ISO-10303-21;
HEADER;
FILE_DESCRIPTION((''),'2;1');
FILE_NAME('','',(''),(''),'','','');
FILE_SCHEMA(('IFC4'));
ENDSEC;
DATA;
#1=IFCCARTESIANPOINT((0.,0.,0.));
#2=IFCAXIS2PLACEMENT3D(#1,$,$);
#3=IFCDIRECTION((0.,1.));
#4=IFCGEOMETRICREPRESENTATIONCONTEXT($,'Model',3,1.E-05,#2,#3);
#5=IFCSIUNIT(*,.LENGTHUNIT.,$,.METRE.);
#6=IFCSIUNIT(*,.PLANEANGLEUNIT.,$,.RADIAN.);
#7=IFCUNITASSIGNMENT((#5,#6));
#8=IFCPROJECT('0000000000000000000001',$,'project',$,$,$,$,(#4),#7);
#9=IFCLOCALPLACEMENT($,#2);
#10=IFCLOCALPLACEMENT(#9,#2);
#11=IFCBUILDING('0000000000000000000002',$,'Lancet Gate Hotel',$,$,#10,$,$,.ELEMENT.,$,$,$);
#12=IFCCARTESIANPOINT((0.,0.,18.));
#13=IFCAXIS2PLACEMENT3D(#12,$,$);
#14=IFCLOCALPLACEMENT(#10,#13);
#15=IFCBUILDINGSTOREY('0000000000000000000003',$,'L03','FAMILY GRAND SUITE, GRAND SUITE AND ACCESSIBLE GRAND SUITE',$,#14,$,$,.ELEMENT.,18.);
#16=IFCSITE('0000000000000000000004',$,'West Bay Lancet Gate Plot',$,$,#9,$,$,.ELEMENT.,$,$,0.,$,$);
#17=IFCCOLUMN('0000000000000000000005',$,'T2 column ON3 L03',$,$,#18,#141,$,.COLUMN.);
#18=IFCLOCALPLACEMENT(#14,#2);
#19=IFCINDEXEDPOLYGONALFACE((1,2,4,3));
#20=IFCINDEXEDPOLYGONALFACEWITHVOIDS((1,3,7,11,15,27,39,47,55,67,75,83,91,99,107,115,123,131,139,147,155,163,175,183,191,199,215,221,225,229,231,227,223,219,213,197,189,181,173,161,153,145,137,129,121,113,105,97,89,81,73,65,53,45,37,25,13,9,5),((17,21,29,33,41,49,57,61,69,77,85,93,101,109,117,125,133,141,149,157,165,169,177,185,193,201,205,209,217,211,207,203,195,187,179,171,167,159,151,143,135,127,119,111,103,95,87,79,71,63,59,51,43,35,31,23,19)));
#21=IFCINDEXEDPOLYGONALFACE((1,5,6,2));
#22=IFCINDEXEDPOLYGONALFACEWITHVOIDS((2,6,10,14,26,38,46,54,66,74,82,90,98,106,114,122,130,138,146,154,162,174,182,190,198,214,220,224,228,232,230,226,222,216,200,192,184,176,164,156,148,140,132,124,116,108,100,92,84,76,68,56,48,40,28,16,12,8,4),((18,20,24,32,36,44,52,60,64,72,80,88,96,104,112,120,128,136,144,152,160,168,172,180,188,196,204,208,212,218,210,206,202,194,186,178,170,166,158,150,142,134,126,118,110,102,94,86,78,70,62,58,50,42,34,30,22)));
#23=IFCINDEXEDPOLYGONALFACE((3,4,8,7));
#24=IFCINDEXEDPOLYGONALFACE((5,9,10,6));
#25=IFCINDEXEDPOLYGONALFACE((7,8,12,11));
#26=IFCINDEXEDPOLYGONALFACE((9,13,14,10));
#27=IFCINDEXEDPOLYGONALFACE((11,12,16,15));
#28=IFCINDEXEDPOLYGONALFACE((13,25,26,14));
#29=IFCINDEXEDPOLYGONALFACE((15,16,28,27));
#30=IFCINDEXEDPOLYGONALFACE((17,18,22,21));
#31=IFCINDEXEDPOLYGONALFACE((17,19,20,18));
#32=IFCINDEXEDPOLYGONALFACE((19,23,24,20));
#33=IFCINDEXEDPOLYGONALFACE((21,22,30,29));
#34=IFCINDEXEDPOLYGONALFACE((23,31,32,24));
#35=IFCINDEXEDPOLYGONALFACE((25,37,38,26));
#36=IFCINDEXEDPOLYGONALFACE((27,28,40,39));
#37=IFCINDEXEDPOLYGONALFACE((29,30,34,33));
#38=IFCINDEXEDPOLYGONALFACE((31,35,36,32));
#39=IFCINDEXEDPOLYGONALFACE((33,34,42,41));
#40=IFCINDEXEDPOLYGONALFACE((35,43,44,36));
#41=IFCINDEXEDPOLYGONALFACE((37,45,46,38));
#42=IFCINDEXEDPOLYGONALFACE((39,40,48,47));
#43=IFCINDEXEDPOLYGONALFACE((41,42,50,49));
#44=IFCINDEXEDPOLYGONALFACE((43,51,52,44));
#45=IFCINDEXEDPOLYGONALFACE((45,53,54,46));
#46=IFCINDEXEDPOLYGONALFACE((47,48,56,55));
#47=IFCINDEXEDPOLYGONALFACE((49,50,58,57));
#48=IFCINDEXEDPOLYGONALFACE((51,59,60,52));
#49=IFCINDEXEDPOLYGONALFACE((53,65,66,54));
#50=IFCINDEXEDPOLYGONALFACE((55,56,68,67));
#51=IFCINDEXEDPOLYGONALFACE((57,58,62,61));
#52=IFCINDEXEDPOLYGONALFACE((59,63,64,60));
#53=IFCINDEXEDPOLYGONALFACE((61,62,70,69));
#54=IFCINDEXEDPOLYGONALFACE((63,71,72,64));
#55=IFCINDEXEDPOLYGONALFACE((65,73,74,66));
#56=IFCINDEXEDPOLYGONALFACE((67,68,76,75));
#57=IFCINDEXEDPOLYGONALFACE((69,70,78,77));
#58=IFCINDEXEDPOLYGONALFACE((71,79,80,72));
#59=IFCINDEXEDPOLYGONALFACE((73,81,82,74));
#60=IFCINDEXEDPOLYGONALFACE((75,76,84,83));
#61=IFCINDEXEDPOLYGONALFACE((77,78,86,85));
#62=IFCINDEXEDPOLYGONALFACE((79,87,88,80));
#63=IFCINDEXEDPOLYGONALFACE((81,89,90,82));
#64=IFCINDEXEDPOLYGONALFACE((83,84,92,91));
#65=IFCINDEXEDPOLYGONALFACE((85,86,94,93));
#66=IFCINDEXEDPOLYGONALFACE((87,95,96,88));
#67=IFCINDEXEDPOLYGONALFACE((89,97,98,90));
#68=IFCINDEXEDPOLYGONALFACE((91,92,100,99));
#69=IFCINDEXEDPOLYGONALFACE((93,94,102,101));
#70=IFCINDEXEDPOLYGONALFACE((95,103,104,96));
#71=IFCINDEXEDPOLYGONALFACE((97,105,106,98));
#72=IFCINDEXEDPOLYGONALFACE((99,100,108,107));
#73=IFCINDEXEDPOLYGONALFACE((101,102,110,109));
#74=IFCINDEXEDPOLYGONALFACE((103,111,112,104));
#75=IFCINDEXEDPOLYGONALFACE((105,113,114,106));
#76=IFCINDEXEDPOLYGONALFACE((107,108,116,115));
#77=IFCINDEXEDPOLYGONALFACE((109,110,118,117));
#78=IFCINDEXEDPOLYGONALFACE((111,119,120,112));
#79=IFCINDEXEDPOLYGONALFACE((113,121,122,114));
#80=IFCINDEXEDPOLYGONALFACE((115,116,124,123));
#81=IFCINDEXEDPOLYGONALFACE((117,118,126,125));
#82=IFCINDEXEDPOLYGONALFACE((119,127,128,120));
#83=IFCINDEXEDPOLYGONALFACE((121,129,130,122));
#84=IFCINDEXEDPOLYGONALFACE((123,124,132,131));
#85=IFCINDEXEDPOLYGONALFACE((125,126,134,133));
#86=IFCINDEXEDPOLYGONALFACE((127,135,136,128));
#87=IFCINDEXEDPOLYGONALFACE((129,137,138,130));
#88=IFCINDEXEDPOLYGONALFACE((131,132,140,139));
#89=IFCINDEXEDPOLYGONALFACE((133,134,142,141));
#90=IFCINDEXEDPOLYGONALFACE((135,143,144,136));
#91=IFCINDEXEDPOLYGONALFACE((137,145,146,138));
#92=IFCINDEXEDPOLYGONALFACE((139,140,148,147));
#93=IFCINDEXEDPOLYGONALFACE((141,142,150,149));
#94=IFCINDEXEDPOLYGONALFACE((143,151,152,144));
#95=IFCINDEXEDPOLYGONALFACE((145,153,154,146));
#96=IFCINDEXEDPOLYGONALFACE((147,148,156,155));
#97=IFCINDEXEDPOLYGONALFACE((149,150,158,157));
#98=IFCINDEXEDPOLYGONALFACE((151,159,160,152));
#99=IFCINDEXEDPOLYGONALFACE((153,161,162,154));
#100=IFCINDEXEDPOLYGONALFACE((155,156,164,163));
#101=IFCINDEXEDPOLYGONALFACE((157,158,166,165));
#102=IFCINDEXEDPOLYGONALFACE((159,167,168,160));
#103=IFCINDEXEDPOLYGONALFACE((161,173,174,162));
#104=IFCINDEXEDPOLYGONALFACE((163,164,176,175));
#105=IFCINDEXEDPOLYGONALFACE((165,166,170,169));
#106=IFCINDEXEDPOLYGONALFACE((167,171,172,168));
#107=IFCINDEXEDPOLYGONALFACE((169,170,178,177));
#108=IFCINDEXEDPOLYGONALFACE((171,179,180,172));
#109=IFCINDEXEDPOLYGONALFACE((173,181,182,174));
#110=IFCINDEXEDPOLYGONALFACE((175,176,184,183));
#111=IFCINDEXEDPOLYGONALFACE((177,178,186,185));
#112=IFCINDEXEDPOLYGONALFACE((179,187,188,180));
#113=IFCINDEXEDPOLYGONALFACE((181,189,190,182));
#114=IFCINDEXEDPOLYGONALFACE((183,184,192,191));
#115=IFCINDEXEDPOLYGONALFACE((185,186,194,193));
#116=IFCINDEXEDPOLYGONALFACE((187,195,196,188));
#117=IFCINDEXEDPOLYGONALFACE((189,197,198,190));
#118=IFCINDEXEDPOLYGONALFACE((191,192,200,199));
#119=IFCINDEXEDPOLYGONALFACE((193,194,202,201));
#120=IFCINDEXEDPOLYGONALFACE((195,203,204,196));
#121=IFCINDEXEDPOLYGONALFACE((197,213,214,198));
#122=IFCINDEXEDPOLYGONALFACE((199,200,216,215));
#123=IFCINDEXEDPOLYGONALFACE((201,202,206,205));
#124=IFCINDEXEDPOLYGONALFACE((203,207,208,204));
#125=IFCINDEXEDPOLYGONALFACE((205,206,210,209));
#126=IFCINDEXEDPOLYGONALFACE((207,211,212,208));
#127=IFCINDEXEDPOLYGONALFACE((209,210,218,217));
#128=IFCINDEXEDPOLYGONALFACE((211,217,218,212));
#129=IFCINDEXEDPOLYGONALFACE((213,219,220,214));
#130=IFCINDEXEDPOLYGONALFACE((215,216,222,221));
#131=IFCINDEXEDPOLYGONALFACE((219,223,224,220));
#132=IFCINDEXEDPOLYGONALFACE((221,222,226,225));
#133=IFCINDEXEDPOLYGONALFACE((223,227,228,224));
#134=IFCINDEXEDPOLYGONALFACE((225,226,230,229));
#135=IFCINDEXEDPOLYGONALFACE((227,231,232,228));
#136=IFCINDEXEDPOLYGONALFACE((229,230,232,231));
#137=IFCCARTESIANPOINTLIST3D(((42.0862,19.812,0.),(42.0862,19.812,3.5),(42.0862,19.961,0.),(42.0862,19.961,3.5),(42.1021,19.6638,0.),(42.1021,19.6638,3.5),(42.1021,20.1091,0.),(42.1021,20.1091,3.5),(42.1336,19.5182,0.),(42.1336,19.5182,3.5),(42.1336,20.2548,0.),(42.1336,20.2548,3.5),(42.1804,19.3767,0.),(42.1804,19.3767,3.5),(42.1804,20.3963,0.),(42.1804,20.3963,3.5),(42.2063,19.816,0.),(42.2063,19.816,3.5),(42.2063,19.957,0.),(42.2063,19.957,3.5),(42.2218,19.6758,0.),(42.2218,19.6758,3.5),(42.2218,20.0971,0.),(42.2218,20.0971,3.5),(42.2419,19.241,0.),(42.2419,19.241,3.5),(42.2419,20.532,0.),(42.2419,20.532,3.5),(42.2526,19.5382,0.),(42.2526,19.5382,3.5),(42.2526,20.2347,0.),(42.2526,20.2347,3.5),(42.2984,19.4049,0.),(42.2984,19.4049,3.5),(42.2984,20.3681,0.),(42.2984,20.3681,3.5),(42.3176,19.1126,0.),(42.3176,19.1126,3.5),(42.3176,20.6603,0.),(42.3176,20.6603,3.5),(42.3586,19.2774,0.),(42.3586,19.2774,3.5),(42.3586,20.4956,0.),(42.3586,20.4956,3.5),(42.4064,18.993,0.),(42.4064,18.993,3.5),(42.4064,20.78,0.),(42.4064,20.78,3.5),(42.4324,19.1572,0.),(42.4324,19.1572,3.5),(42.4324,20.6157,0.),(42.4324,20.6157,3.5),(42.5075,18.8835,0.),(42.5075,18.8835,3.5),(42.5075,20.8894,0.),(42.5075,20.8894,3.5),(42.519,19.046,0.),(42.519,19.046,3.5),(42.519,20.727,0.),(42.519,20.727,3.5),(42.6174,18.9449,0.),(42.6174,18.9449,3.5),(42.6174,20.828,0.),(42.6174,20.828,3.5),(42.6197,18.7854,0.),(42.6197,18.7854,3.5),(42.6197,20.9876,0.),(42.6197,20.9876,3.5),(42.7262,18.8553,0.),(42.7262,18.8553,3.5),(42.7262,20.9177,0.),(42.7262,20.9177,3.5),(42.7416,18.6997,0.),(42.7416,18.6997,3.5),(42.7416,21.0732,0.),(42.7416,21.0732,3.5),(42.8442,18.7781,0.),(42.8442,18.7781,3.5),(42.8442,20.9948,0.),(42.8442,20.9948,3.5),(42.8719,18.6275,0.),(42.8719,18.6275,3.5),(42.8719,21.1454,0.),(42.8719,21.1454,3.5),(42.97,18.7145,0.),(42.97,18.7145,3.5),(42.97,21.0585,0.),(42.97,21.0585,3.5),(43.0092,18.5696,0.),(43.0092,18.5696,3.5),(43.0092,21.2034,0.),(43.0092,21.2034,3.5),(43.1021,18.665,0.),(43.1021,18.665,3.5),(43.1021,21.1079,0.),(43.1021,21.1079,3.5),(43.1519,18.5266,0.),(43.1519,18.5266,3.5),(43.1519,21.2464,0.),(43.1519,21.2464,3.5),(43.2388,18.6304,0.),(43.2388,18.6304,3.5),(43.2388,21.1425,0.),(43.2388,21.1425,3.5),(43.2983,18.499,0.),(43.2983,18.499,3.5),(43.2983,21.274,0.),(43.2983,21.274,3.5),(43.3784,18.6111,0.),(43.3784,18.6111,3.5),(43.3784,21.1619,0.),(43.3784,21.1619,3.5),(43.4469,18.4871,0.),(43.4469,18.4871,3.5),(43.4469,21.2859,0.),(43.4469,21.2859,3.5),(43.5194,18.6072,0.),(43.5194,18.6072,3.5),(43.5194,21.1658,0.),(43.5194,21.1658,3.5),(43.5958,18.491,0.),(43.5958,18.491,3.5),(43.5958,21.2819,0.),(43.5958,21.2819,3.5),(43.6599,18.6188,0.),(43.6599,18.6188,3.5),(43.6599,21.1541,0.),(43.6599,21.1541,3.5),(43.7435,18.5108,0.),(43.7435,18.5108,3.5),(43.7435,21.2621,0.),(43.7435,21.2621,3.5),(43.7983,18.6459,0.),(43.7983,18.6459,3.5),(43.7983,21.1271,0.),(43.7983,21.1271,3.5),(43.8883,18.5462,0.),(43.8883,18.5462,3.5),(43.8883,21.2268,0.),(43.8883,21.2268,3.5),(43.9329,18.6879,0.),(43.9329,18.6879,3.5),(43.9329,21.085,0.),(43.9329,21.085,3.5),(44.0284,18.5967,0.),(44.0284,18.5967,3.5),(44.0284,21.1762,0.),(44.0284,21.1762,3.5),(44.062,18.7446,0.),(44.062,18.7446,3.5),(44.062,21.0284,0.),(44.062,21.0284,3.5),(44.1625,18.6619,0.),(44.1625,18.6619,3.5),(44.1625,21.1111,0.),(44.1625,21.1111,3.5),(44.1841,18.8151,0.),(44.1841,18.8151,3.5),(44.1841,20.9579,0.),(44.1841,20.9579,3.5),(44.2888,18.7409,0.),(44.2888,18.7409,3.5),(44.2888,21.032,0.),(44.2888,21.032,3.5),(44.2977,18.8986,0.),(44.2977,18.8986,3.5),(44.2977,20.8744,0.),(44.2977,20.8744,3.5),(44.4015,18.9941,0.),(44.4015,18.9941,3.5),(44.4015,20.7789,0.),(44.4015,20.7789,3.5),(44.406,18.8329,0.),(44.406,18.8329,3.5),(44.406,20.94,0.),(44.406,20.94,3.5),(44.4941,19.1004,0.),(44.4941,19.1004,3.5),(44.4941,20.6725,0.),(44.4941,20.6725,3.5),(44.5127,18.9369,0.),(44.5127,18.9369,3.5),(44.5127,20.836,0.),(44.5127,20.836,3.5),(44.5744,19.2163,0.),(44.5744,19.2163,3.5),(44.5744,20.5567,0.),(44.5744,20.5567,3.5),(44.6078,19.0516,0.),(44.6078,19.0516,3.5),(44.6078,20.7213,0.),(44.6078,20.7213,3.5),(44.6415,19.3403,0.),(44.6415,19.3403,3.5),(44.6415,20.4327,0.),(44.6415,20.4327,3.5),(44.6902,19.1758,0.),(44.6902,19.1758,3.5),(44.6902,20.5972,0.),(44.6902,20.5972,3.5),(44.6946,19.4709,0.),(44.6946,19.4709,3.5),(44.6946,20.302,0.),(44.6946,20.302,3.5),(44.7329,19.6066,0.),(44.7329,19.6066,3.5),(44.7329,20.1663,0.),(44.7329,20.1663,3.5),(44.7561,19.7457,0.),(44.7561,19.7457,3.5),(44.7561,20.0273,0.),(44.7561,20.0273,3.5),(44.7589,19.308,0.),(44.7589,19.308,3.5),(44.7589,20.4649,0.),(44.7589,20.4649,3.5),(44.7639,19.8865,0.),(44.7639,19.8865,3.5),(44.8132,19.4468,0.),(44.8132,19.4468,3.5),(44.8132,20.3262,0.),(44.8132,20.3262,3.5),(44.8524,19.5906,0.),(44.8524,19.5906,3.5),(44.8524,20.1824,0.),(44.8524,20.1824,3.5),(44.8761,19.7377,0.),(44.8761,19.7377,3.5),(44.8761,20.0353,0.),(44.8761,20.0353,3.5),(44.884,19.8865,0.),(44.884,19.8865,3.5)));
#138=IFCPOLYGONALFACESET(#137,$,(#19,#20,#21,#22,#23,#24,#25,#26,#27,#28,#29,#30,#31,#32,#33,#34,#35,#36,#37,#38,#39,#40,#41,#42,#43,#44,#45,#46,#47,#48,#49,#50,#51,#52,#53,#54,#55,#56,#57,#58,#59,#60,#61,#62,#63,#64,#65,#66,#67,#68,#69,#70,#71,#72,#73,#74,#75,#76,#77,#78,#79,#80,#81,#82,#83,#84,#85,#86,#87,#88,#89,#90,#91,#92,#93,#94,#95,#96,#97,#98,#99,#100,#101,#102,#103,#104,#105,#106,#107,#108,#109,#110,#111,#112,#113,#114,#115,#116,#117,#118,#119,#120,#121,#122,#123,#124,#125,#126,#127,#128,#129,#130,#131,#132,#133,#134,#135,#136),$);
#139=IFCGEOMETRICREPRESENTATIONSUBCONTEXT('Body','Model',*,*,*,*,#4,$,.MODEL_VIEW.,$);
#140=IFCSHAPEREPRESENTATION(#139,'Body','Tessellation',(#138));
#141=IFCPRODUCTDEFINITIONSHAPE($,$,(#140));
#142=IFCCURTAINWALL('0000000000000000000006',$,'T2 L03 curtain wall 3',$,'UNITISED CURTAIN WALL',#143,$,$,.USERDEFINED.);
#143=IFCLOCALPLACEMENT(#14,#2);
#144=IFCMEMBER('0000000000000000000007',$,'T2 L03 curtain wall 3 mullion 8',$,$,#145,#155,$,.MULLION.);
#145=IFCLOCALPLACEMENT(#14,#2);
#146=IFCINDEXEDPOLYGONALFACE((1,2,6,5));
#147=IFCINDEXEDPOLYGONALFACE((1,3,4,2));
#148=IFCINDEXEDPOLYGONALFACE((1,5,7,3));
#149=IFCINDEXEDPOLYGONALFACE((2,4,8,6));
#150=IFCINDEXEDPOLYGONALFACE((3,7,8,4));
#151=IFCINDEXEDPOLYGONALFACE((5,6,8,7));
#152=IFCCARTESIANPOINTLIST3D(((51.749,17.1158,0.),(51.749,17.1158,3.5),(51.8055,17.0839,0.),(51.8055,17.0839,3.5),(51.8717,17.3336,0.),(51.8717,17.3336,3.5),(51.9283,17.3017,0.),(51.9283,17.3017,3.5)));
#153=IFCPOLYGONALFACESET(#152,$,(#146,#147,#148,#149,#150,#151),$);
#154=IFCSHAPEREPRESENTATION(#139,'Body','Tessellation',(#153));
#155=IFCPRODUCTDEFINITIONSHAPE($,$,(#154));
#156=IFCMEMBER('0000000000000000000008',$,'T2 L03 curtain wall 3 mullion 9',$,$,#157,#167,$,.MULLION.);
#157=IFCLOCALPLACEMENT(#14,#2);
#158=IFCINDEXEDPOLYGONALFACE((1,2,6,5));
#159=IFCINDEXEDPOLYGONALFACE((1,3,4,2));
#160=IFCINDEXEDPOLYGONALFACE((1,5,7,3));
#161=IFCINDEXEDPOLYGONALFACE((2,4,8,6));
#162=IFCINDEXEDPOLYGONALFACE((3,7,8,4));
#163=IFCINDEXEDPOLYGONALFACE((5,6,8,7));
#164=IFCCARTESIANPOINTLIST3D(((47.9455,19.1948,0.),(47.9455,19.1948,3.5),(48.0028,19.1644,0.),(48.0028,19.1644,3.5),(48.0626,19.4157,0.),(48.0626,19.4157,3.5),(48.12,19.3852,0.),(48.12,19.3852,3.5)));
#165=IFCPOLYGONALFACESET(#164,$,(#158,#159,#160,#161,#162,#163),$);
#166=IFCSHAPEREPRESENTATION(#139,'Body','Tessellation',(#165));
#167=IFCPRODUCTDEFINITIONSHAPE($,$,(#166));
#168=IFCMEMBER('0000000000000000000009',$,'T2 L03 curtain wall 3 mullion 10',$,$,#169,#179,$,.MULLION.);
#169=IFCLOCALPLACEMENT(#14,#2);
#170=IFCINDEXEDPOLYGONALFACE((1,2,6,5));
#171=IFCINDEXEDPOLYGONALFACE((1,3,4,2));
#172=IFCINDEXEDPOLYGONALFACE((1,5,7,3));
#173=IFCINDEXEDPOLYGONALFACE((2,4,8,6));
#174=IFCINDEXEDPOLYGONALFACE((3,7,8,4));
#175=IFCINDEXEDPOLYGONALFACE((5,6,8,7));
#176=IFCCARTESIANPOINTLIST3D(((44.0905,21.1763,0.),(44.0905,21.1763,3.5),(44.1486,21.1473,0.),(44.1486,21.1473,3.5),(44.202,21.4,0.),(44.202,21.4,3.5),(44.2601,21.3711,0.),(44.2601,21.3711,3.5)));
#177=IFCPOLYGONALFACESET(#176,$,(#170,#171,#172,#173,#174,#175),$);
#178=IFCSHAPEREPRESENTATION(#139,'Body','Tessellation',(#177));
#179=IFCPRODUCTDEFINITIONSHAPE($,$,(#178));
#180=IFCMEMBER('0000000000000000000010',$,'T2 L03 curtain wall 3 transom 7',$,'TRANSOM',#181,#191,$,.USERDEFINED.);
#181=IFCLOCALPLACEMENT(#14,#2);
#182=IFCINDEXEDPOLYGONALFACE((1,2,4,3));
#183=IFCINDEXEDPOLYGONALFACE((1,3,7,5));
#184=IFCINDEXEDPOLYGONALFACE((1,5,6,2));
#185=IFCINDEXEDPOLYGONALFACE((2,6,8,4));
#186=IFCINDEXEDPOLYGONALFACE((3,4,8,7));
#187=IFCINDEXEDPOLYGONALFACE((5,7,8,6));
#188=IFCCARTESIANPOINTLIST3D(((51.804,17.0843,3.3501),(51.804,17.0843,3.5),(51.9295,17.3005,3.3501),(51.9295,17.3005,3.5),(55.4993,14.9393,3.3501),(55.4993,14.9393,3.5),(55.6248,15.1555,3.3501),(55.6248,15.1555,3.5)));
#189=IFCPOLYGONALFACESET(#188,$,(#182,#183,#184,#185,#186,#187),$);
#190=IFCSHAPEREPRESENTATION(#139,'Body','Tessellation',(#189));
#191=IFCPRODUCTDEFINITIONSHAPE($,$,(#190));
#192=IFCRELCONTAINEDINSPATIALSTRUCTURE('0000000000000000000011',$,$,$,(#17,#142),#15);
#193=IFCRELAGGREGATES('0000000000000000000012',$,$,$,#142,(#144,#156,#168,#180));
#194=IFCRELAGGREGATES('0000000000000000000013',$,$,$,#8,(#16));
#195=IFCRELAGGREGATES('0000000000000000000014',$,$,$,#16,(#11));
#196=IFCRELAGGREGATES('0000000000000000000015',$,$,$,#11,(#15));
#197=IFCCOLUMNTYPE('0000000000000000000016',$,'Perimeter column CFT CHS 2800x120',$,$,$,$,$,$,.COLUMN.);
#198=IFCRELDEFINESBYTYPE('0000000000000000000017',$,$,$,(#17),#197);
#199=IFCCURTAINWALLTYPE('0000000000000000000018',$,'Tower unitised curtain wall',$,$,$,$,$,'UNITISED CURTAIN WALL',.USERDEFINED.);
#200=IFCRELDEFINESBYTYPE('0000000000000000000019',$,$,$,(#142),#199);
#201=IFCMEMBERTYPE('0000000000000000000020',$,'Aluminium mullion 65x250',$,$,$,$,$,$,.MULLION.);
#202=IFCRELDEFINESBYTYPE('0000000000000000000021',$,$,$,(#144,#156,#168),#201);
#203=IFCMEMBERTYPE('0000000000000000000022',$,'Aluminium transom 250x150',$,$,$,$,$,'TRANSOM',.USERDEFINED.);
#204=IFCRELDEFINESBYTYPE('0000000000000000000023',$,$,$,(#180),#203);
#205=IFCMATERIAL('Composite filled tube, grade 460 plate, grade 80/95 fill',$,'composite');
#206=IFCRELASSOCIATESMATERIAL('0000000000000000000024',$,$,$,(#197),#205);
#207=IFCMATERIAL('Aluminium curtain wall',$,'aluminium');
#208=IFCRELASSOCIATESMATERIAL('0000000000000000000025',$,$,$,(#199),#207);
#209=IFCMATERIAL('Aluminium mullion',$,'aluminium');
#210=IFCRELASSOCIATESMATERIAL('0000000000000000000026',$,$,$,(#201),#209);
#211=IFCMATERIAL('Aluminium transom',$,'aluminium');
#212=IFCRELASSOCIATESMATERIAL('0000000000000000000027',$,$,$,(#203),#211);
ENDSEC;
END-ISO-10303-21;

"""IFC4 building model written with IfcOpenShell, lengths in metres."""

from ifc_helpers import new_model, si_unit, direction, frame, origin, origin_2d, place, context, subcontext, project, spatial, rectangle, hollow_circle, extrude, material, material_profile, profile_set, type_object, element, aggregate, save


model = new_model("IFC4")

# Units and contexts
model_context = context("Model", 3, precision=1e-05, world=origin(), true_north=direction((0.0, 1.0)))
body_context = subcontext(model_context, "Body", "Model", "MODEL_VIEW")
ifc_project = project(units=[si_unit("LENGTHUNIT", "METRE"), si_unit("PLANEANGLEUNIT", "RADIAN")], contexts=[model_context])

# Site, building, storey
site_placement = place(None, origin())
site = spatial("IfcSite", under=ifc_project, at=site_placement, Name="West Bay Lancet Gate Plot", CompositionType="ELEMENT", RefElevation=0.0)
building_placement = place(site_placement, origin())
building = spatial("IfcBuilding", under=site, at=building_placement, Name="Lancet Gate Hotel", CompositionType="ELEMENT")
storey_placement = place(building_placement, frame((0.0, 0.0, 18.0)))
storey = spatial("IfcBuildingStorey", under=building, at=storey_placement, Name="L03", Description="FAMILY GRAND SUITE, GRAND SUITE AND ACCESSIBLE GRAND SUITE", CompositionType="ELEMENT", Elevation=18.0)

# Column
ifc_material_1 = material(Name="Composite filled tube, grade 460 plate, grade 80/95 fill", Category="composite")
ifc_material_profile_1 = material_profile(ifc_material_1, hollow_circle(Radius=1.3999, WallThickness=0.1201, at=origin_2d()), Name="CHS 2800x120")
ifc_profile_set_1 = profile_set([ifc_material_profile_1], Name="Composite filled tube, grade 460 plate, grade 80/95 fill")
column_type = type_object("IfcColumnType", Name="Perimeter column CFT CHS 2800x120", PredefinedType="COLUMN", material=ifc_profile_set_1)
for number, where, z_axis, x_axis, name in (
    (1, (43.4841, 19.8865, 0.0), (0.0, 0.0, 1.0), (1.0, 0.0, 0.0), "T2 column ON3 L03"),
):
    element("IfcColumn", number, at=place(storey_placement, frame(where, z_axis=z_axis, x_axis=x_axis)), inside=storey, type_object=column_type, Name=name, PredefinedType="COLUMN", context=body_context, shape_type="SweptSolid", body=[
        extrude(hollow_circle(Radius=1.3999, WallThickness=0.1201, at=origin_2d()), origin(), (0.0, 0.0, 1.0), 3.5),
    ])

# Curtain wall, members
ifc_material_2 = material(Name="Aluminium curtain wall", Category="aluminium")
curtain_wall_type = type_object("IfcCurtainWallType", Name="Tower unitised curtain wall", ElementType="UNITISED CURTAIN WALL", PredefinedType="USERDEFINED", material=ifc_material_2)
curtain_wall_placement = place(storey_placement, origin())
curtain_wall = element("IfcCurtainWall", 2, at=curtain_wall_placement, inside=storey, type_object=curtain_wall_type, Name="T2 L03 curtain wall 3", ObjectType="UNITISED CURTAIN WALL", PredefinedType="USERDEFINED")
ifc_material_3 = material(Name="Aluminium mullion", Category="aluminium")
ifc_material_profile_2 = material_profile(ifc_material_3, rectangle(XDim=0.0649, YDim=0.25, at=origin_2d()), Name="MULLION 65x250")
ifc_profile_set_2 = profile_set([ifc_material_profile_2], Name="Aluminium mullion")
member_type_1 = type_object("IfcMemberType", Name="Aluminium mullion 65x250", PredefinedType="MULLION", material=ifc_profile_set_2)
member_1_placement = place(storey_placement, frame((51.8386, 17.2087, 0.0), z_axis=(0.0, 0.0, 1.0), x_axis=(-0.87119, 0.490945, 0.0)))
member_1 = element("IfcMember", 3, at=member_1_placement, type_object=member_type_1, Name="T2 L03 curtain wall 3 mullion 8", PredefinedType="MULLION", context=body_context, shape_type="SweptSolid", body=[
    extrude(rectangle(XDim=0.0649, YDim=0.25, at=origin_2d()), origin(), (0.0, 0.0, 1.0), 3.5),
])
member_2_placement = place(storey_placement, frame((48.0327, 19.29, 0.0), z_axis=(0.0, 0.0, 1.0), x_axis=(-0.883403, 0.468613, 0.0)))
member_2 = element("IfcMember", 4, at=member_2_placement, type_object=member_type_1, Name="T2 L03 curtain wall 3 mullion 9", PredefinedType="MULLION", context=body_context, shape_type="SweptSolid", body=[
    extrude(rectangle(XDim=0.0649, YDim=0.25, at=origin_2d()), origin(), (0.0, 0.0, 1.0), 3.5),
])
member_3_placement = place(storey_placement, frame((44.1753, 21.2737, 0.0), z_axis=(0.0, 0.0, 1.0), x_axis=(-0.895044, 0.445978, 0.0)))
member_3 = element("IfcMember", 5, at=member_3_placement, type_object=member_type_1, Name="T2 L03 curtain wall 3 mullion 10", PredefinedType="MULLION", context=body_context, shape_type="SweptSolid", body=[
    extrude(rectangle(XDim=0.0649, YDim=0.25, at=origin_2d()), origin(), (0.0, 0.0, 1.0), 3.5),
])
ifc_material_4 = material(Name="Aluminium transom", Category="aluminium")
ifc_material_profile_3 = material_profile(ifc_material_4, rectangle(XDim=0.25, YDim=0.1499, at=origin_2d()), Name="TRANSOM 250x150")
ifc_profile_set_3 = profile_set([ifc_material_profile_3], Name="Aluminium transom")
member_type_2 = type_object("IfcMemberType", Name="Aluminium transom 250x150", ElementType="TRANSOM", PredefinedType="USERDEFINED", material=ifc_profile_set_3)
member_4_placement = place(storey_placement, frame((55.562, 15.0474, 3.425), z_axis=(-0.864855, 0.502022, 0.0), x_axis=(-0.502022, -0.864855, 0.0)))
member_4 = element("IfcMember", 6, at=member_4_placement, type_object=member_type_2, Name="T2 L03 curtain wall 3 transom 7", ObjectType="TRANSOM", PredefinedType="USERDEFINED", context=body_context, shape_type="SweptSolid", body=[
    extrude(rectangle(XDim=0.25, YDim=0.1499, at=origin_2d()), origin(), (0.0, 0.0, 1.0), 4.2727),
])

aggregate(curtain_wall, [member_1, member_2, member_3, member_4])

save(model, "model.ifc")
